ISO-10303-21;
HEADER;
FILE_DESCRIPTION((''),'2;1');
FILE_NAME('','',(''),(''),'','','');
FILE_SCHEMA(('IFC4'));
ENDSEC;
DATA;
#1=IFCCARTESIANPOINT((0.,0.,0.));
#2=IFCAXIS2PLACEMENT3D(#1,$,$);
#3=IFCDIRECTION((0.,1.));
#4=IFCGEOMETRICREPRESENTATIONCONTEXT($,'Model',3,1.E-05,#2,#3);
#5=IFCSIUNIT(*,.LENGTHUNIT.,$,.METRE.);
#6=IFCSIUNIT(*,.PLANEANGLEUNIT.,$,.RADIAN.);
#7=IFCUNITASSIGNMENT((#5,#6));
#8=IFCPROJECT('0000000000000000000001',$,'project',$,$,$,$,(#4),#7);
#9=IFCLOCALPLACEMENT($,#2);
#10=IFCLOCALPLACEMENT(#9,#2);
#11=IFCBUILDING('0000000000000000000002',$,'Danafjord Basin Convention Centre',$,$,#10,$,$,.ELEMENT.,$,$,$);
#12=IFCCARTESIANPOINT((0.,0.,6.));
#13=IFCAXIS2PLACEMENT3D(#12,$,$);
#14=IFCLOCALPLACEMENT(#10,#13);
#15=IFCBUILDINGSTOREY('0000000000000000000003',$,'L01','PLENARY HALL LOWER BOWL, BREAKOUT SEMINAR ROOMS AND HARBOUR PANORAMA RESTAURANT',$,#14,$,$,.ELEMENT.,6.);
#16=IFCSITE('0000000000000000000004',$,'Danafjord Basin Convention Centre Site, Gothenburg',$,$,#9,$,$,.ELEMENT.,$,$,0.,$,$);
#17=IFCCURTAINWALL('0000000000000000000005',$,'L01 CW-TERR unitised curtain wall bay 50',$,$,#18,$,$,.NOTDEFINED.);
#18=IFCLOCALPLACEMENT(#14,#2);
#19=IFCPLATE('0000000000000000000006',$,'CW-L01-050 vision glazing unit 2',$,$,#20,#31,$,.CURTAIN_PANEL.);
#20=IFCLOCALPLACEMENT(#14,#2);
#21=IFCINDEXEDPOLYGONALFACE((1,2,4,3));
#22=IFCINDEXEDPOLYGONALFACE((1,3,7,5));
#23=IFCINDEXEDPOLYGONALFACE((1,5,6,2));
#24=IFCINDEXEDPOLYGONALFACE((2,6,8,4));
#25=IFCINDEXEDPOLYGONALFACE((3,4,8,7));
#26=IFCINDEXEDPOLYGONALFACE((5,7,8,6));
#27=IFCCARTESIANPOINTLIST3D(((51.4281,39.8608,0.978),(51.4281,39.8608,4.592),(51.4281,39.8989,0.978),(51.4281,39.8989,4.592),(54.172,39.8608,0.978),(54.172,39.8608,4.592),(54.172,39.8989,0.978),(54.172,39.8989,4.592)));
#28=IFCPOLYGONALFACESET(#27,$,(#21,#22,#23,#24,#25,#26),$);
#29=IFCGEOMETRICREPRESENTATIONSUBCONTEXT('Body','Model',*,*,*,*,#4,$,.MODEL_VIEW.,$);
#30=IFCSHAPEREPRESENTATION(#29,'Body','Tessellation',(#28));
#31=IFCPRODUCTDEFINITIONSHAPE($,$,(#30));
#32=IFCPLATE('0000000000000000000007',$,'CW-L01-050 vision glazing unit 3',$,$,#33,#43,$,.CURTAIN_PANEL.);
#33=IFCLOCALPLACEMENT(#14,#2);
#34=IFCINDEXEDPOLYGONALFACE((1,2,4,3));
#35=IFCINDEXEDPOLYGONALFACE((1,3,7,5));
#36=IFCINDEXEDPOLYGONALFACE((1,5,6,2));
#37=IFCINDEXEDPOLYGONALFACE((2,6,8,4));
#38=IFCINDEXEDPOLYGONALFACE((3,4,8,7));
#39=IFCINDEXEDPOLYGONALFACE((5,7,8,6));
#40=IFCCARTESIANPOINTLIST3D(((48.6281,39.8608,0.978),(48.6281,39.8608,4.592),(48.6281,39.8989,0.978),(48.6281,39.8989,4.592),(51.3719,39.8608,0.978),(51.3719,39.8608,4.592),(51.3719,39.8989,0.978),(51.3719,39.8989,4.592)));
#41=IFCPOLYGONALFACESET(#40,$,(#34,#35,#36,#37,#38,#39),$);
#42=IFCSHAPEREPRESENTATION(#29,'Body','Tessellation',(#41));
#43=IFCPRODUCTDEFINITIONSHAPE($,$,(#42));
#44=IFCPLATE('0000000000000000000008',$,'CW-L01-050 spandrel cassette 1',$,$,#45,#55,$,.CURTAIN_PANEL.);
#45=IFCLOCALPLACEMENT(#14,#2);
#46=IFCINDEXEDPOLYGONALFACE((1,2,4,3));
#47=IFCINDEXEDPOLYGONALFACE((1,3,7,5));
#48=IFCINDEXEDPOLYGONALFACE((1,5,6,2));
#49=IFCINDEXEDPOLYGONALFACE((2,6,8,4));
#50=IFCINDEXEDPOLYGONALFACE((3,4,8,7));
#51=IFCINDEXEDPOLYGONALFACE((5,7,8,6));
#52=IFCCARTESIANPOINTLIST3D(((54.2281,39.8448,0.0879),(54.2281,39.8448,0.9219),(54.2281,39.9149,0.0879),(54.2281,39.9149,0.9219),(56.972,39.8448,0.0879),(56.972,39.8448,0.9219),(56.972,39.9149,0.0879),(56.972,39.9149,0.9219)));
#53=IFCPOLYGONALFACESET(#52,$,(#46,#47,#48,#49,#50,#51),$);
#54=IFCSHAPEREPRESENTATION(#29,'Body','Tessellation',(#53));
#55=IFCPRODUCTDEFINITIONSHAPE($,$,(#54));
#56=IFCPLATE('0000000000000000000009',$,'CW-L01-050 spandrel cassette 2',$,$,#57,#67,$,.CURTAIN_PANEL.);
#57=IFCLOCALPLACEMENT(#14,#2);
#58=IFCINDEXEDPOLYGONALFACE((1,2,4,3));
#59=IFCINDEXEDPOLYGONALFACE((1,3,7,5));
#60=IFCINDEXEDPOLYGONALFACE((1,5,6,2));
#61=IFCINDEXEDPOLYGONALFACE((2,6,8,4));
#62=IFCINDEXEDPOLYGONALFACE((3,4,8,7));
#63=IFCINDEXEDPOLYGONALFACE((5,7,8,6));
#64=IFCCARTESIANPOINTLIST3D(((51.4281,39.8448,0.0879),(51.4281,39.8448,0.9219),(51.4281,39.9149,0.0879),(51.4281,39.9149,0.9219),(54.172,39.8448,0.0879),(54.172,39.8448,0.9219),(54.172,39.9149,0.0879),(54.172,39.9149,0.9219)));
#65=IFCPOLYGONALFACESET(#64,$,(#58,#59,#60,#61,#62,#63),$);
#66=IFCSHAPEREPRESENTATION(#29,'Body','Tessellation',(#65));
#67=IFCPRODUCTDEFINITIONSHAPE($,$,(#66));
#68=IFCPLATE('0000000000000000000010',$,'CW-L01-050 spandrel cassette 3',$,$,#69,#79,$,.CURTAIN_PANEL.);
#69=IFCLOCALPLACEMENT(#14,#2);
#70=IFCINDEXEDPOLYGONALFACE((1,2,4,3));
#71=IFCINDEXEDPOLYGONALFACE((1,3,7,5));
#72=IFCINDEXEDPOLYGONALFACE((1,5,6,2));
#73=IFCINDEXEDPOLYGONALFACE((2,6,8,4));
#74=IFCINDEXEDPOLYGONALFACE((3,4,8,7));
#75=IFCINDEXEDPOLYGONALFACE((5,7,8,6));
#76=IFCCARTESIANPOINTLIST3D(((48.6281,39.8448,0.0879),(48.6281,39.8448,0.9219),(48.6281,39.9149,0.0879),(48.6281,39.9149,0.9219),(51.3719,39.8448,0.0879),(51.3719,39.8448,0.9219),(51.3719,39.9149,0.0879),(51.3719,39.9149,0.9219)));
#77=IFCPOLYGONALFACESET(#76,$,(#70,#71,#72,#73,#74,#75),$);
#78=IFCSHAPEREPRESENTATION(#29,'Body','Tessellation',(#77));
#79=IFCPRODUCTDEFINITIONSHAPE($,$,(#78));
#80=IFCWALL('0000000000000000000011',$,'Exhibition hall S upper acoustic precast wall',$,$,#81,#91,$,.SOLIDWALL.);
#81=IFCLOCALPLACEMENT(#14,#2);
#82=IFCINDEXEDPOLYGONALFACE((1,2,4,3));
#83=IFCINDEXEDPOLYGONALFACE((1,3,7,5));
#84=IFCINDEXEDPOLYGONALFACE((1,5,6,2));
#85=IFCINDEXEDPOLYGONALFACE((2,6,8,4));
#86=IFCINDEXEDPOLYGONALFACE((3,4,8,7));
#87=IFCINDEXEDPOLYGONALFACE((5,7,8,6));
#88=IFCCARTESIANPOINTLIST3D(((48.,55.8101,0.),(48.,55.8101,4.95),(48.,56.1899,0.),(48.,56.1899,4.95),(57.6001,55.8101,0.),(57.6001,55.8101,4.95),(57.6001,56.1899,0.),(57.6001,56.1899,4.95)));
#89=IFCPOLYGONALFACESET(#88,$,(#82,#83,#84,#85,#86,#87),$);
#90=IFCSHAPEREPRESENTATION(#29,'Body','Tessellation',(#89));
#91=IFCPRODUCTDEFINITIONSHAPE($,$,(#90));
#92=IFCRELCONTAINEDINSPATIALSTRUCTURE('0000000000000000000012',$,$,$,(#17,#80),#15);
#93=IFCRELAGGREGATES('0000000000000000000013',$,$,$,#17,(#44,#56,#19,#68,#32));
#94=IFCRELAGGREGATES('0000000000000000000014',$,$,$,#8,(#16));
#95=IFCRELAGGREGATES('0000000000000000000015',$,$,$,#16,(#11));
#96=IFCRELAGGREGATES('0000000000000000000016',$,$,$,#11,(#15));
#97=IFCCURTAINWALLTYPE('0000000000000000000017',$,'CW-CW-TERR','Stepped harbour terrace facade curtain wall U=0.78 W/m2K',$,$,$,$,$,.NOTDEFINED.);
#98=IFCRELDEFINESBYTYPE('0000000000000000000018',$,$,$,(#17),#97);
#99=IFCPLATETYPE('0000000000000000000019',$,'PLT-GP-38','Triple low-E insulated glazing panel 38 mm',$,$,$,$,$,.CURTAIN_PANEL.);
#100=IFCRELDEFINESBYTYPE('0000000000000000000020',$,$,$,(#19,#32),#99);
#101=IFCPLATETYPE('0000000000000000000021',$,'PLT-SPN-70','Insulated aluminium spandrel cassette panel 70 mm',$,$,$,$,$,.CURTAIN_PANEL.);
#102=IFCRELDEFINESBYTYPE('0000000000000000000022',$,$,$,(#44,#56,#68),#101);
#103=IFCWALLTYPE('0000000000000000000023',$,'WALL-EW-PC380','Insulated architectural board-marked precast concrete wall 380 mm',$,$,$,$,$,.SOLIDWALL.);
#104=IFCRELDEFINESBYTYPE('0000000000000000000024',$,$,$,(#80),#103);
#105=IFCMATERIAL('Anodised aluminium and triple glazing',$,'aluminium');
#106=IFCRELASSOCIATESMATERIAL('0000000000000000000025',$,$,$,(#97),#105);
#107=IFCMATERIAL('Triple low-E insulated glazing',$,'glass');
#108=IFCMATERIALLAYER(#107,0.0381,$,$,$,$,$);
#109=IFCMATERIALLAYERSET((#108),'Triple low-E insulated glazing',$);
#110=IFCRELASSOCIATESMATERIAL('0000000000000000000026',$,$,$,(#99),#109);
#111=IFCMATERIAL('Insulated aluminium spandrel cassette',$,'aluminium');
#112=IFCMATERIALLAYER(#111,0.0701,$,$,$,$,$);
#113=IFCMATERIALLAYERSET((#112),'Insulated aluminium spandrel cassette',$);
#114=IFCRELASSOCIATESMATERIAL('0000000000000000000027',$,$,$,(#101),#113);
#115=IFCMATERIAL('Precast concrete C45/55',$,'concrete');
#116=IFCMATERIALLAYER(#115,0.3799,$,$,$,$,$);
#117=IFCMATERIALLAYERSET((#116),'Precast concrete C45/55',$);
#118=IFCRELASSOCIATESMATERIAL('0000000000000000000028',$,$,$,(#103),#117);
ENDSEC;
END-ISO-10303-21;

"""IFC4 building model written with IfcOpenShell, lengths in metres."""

from ifc_helpers import new_model, si_unit, direction, frame, frame_2d, origin, origin_2d, place, context, subcontext, project, spatial, rectangle, extrude, material, layer, layer_set, type_object, element, aggregate, save


model = new_model("IFC4")

# Units and contexts
model_context = context("Model", 3, precision=1e-05, world=origin(), true_north=direction((0.0, 1.0)))
body_context = subcontext(model_context, "Body", "Model", "MODEL_VIEW")
ifc_project = project(units=[si_unit("LENGTHUNIT", "METRE"), si_unit("PLANEANGLEUNIT", "RADIAN")], contexts=[model_context])

# Site, building, storey
site_placement = place(None, origin())
site = spatial("IfcSite", under=ifc_project, at=site_placement, Name="Danafjord Basin Convention Centre Site, Gothenburg", CompositionType="ELEMENT", RefElevation=0.0)
building_placement = place(site_placement, origin())
building = spatial("IfcBuilding", under=site, at=building_placement, Name="Danafjord Basin Convention Centre", CompositionType="ELEMENT")
storey_placement = place(building_placement, frame((0.0, 0.0, 6.0)))
storey = spatial("IfcBuildingStorey", under=building, at=storey_placement, Name="L01", Description="PLENARY HALL LOWER BOWL, BREAKOUT SEMINAR ROOMS AND HARBOUR PANORAMA RESTAURANT", CompositionType="ELEMENT", Elevation=6.0)

# Shared definitions
ifc_material_1 = material(Name="Precast concrete C45/55", Category="concrete")

# Curtain wall
ifc_material_2 = material(Name="Anodised aluminium and triple glazing", Category="aluminium")
curtain_wall_type_1 = type_object("IfcCurtainWallType", Name="CW-CW-TERR", Description="Stepped harbour terrace facade curtain wall U=0.78 W/m2K", PredefinedType="NOTDEFINED", material=ifc_material_2)
curtain_wall_1_placement = place(storey_placement, origin())
curtain_wall_1 = element("IfcCurtainWall", 1, at=curtain_wall_1_placement, inside=storey, type_object=curtain_wall_type_1, Name="L01 CW-TERR unitised curtain wall bay 50", PredefinedType="NOTDEFINED")

# Plates
ifc_material_3 = material(Name="Triple low-E insulated glazing", Category="glass")
ifc_layer_1 = layer(ifc_material_3, 0.0381)
ifc_layer_set_1 = layer_set([ifc_layer_1], Name="Triple low-E insulated glazing")
plate_type_1 = type_object("IfcPlateType", Name="PLT-GP-38", Description="Triple low-E insulated glazing panel 38 mm", PredefinedType="CURTAIN_PANEL", material=ifc_layer_set_1)
plate_1_placement = place(storey_placement, frame((52.8, 39.8799, 0.978), z_axis=(0.0, 0.0, 1.0), x_axis=(-1.0, 0.0, 0.0)))
plate_1 = element("IfcPlate", 2, at=plate_1_placement, type_object=plate_type_1, Name="CW-L01-050 vision glazing unit 2", PredefinedType="CURTAIN_PANEL", context=body_context, shape_type="SweptSolid", body=[
    extrude(rectangle(XDim=2.7439, YDim=0.0381, at=origin_2d()), origin(), (0.0, 0.0, 1.0), 3.614),
])
plate_2_placement = place(storey_placement, frame((50.0, 39.8799, 0.978), z_axis=(0.0, 0.0, 1.0), x_axis=(-1.0, 0.0, 0.0)))
plate_2 = element("IfcPlate", 3, at=plate_2_placement, type_object=plate_type_1, Name="CW-L01-050 vision glazing unit 3", PredefinedType="CURTAIN_PANEL", context=body_context, shape_type="SweptSolid", body=[
    extrude(rectangle(XDim=2.7439, YDim=0.0381, at=origin_2d()), origin(), (0.0, 0.0, 1.0), 3.614),
])
ifc_material_4 = material(Name="Insulated aluminium spandrel cassette", Category="aluminium")
ifc_layer_2 = layer(ifc_material_4, 0.0701)
ifc_layer_set_2 = layer_set([ifc_layer_2], Name="Insulated aluminium spandrel cassette")
plate_type_2 = type_object("IfcPlateType", Name="PLT-SPN-70", Description="Insulated aluminium spandrel cassette panel 70 mm", PredefinedType="CURTAIN_PANEL", material=ifc_layer_set_2)
plate_3_placement = place(storey_placement, frame((55.6001, 39.8799, 0.0879), z_axis=(0.0, 0.0, 1.0), x_axis=(-1.0, 0.0, 0.0)))
plate_3 = element("IfcPlate", 4, at=plate_3_placement, type_object=plate_type_2, Name="CW-L01-050 spandrel cassette 1", PredefinedType="CURTAIN_PANEL", context=body_context, shape_type="SweptSolid", body=[
    extrude(rectangle(XDim=2.7439, YDim=0.0701, at=origin_2d()), origin(), (0.0, 0.0, 1.0), 0.834),
])
plate_4_placement = place(storey_placement, frame((52.8, 39.8799, 0.0879), z_axis=(0.0, 0.0, 1.0), x_axis=(-1.0, 0.0, 0.0)))
plate_4 = element("IfcPlate", 5, at=plate_4_placement, type_object=plate_type_2, Name="CW-L01-050 spandrel cassette 2", PredefinedType="CURTAIN_PANEL", context=body_context, shape_type="SweptSolid", body=[
    extrude(rectangle(XDim=2.7439, YDim=0.0701, at=origin_2d()), origin(), (0.0, 0.0, 1.0), 0.834),
])
plate_5_placement = place(storey_placement, frame((50.0, 39.8799, 0.0879), z_axis=(0.0, 0.0, 1.0), x_axis=(-1.0, 0.0, 0.0)))
plate_5 = element("IfcPlate", 6, at=plate_5_placement, type_object=plate_type_2, Name="CW-L01-050 spandrel cassette 3", PredefinedType="CURTAIN_PANEL", context=body_context, shape_type="SweptSolid", body=[
    extrude(rectangle(XDim=2.7439, YDim=0.0701, at=origin_2d()), origin(), (0.0, 0.0, 1.0), 0.834),
])
aggregate(curtain_wall_1, [plate_3, plate_4, plate_1, plate_5, plate_2])

# Wall
ifc_layer_3 = layer(ifc_material_1, 0.3799)
ifc_layer_set_3 = layer_set([ifc_layer_3], Name="Precast concrete C45/55")
wall_type = type_object("IfcWallType", Name="WALL-EW-PC380", Description="Insulated architectural board-marked precast concrete wall 380 mm", PredefinedType="SOLIDWALL", material=ifc_layer_set_3)
wall_placement = place(storey_placement, frame((48.0, 56.0, 0.0), z_axis=(0.0, 0.0, 1.0), x_axis=(1.0, 0.0, 0.0)))
element("IfcWall", 7, at=wall_placement, inside=storey, type_object=wall_type, Name="Exhibition hall S upper acoustic precast wall", PredefinedType="SOLIDWALL", context=body_context, shape_type="SweptSolid", body=[
    extrude(rectangle(XDim=9.6001, YDim=0.3799, at=frame_2d((4.8, 0.0))), origin(), (0.0, 0.0, 1.0), 4.95),
])

save(model, "model.ifc")
